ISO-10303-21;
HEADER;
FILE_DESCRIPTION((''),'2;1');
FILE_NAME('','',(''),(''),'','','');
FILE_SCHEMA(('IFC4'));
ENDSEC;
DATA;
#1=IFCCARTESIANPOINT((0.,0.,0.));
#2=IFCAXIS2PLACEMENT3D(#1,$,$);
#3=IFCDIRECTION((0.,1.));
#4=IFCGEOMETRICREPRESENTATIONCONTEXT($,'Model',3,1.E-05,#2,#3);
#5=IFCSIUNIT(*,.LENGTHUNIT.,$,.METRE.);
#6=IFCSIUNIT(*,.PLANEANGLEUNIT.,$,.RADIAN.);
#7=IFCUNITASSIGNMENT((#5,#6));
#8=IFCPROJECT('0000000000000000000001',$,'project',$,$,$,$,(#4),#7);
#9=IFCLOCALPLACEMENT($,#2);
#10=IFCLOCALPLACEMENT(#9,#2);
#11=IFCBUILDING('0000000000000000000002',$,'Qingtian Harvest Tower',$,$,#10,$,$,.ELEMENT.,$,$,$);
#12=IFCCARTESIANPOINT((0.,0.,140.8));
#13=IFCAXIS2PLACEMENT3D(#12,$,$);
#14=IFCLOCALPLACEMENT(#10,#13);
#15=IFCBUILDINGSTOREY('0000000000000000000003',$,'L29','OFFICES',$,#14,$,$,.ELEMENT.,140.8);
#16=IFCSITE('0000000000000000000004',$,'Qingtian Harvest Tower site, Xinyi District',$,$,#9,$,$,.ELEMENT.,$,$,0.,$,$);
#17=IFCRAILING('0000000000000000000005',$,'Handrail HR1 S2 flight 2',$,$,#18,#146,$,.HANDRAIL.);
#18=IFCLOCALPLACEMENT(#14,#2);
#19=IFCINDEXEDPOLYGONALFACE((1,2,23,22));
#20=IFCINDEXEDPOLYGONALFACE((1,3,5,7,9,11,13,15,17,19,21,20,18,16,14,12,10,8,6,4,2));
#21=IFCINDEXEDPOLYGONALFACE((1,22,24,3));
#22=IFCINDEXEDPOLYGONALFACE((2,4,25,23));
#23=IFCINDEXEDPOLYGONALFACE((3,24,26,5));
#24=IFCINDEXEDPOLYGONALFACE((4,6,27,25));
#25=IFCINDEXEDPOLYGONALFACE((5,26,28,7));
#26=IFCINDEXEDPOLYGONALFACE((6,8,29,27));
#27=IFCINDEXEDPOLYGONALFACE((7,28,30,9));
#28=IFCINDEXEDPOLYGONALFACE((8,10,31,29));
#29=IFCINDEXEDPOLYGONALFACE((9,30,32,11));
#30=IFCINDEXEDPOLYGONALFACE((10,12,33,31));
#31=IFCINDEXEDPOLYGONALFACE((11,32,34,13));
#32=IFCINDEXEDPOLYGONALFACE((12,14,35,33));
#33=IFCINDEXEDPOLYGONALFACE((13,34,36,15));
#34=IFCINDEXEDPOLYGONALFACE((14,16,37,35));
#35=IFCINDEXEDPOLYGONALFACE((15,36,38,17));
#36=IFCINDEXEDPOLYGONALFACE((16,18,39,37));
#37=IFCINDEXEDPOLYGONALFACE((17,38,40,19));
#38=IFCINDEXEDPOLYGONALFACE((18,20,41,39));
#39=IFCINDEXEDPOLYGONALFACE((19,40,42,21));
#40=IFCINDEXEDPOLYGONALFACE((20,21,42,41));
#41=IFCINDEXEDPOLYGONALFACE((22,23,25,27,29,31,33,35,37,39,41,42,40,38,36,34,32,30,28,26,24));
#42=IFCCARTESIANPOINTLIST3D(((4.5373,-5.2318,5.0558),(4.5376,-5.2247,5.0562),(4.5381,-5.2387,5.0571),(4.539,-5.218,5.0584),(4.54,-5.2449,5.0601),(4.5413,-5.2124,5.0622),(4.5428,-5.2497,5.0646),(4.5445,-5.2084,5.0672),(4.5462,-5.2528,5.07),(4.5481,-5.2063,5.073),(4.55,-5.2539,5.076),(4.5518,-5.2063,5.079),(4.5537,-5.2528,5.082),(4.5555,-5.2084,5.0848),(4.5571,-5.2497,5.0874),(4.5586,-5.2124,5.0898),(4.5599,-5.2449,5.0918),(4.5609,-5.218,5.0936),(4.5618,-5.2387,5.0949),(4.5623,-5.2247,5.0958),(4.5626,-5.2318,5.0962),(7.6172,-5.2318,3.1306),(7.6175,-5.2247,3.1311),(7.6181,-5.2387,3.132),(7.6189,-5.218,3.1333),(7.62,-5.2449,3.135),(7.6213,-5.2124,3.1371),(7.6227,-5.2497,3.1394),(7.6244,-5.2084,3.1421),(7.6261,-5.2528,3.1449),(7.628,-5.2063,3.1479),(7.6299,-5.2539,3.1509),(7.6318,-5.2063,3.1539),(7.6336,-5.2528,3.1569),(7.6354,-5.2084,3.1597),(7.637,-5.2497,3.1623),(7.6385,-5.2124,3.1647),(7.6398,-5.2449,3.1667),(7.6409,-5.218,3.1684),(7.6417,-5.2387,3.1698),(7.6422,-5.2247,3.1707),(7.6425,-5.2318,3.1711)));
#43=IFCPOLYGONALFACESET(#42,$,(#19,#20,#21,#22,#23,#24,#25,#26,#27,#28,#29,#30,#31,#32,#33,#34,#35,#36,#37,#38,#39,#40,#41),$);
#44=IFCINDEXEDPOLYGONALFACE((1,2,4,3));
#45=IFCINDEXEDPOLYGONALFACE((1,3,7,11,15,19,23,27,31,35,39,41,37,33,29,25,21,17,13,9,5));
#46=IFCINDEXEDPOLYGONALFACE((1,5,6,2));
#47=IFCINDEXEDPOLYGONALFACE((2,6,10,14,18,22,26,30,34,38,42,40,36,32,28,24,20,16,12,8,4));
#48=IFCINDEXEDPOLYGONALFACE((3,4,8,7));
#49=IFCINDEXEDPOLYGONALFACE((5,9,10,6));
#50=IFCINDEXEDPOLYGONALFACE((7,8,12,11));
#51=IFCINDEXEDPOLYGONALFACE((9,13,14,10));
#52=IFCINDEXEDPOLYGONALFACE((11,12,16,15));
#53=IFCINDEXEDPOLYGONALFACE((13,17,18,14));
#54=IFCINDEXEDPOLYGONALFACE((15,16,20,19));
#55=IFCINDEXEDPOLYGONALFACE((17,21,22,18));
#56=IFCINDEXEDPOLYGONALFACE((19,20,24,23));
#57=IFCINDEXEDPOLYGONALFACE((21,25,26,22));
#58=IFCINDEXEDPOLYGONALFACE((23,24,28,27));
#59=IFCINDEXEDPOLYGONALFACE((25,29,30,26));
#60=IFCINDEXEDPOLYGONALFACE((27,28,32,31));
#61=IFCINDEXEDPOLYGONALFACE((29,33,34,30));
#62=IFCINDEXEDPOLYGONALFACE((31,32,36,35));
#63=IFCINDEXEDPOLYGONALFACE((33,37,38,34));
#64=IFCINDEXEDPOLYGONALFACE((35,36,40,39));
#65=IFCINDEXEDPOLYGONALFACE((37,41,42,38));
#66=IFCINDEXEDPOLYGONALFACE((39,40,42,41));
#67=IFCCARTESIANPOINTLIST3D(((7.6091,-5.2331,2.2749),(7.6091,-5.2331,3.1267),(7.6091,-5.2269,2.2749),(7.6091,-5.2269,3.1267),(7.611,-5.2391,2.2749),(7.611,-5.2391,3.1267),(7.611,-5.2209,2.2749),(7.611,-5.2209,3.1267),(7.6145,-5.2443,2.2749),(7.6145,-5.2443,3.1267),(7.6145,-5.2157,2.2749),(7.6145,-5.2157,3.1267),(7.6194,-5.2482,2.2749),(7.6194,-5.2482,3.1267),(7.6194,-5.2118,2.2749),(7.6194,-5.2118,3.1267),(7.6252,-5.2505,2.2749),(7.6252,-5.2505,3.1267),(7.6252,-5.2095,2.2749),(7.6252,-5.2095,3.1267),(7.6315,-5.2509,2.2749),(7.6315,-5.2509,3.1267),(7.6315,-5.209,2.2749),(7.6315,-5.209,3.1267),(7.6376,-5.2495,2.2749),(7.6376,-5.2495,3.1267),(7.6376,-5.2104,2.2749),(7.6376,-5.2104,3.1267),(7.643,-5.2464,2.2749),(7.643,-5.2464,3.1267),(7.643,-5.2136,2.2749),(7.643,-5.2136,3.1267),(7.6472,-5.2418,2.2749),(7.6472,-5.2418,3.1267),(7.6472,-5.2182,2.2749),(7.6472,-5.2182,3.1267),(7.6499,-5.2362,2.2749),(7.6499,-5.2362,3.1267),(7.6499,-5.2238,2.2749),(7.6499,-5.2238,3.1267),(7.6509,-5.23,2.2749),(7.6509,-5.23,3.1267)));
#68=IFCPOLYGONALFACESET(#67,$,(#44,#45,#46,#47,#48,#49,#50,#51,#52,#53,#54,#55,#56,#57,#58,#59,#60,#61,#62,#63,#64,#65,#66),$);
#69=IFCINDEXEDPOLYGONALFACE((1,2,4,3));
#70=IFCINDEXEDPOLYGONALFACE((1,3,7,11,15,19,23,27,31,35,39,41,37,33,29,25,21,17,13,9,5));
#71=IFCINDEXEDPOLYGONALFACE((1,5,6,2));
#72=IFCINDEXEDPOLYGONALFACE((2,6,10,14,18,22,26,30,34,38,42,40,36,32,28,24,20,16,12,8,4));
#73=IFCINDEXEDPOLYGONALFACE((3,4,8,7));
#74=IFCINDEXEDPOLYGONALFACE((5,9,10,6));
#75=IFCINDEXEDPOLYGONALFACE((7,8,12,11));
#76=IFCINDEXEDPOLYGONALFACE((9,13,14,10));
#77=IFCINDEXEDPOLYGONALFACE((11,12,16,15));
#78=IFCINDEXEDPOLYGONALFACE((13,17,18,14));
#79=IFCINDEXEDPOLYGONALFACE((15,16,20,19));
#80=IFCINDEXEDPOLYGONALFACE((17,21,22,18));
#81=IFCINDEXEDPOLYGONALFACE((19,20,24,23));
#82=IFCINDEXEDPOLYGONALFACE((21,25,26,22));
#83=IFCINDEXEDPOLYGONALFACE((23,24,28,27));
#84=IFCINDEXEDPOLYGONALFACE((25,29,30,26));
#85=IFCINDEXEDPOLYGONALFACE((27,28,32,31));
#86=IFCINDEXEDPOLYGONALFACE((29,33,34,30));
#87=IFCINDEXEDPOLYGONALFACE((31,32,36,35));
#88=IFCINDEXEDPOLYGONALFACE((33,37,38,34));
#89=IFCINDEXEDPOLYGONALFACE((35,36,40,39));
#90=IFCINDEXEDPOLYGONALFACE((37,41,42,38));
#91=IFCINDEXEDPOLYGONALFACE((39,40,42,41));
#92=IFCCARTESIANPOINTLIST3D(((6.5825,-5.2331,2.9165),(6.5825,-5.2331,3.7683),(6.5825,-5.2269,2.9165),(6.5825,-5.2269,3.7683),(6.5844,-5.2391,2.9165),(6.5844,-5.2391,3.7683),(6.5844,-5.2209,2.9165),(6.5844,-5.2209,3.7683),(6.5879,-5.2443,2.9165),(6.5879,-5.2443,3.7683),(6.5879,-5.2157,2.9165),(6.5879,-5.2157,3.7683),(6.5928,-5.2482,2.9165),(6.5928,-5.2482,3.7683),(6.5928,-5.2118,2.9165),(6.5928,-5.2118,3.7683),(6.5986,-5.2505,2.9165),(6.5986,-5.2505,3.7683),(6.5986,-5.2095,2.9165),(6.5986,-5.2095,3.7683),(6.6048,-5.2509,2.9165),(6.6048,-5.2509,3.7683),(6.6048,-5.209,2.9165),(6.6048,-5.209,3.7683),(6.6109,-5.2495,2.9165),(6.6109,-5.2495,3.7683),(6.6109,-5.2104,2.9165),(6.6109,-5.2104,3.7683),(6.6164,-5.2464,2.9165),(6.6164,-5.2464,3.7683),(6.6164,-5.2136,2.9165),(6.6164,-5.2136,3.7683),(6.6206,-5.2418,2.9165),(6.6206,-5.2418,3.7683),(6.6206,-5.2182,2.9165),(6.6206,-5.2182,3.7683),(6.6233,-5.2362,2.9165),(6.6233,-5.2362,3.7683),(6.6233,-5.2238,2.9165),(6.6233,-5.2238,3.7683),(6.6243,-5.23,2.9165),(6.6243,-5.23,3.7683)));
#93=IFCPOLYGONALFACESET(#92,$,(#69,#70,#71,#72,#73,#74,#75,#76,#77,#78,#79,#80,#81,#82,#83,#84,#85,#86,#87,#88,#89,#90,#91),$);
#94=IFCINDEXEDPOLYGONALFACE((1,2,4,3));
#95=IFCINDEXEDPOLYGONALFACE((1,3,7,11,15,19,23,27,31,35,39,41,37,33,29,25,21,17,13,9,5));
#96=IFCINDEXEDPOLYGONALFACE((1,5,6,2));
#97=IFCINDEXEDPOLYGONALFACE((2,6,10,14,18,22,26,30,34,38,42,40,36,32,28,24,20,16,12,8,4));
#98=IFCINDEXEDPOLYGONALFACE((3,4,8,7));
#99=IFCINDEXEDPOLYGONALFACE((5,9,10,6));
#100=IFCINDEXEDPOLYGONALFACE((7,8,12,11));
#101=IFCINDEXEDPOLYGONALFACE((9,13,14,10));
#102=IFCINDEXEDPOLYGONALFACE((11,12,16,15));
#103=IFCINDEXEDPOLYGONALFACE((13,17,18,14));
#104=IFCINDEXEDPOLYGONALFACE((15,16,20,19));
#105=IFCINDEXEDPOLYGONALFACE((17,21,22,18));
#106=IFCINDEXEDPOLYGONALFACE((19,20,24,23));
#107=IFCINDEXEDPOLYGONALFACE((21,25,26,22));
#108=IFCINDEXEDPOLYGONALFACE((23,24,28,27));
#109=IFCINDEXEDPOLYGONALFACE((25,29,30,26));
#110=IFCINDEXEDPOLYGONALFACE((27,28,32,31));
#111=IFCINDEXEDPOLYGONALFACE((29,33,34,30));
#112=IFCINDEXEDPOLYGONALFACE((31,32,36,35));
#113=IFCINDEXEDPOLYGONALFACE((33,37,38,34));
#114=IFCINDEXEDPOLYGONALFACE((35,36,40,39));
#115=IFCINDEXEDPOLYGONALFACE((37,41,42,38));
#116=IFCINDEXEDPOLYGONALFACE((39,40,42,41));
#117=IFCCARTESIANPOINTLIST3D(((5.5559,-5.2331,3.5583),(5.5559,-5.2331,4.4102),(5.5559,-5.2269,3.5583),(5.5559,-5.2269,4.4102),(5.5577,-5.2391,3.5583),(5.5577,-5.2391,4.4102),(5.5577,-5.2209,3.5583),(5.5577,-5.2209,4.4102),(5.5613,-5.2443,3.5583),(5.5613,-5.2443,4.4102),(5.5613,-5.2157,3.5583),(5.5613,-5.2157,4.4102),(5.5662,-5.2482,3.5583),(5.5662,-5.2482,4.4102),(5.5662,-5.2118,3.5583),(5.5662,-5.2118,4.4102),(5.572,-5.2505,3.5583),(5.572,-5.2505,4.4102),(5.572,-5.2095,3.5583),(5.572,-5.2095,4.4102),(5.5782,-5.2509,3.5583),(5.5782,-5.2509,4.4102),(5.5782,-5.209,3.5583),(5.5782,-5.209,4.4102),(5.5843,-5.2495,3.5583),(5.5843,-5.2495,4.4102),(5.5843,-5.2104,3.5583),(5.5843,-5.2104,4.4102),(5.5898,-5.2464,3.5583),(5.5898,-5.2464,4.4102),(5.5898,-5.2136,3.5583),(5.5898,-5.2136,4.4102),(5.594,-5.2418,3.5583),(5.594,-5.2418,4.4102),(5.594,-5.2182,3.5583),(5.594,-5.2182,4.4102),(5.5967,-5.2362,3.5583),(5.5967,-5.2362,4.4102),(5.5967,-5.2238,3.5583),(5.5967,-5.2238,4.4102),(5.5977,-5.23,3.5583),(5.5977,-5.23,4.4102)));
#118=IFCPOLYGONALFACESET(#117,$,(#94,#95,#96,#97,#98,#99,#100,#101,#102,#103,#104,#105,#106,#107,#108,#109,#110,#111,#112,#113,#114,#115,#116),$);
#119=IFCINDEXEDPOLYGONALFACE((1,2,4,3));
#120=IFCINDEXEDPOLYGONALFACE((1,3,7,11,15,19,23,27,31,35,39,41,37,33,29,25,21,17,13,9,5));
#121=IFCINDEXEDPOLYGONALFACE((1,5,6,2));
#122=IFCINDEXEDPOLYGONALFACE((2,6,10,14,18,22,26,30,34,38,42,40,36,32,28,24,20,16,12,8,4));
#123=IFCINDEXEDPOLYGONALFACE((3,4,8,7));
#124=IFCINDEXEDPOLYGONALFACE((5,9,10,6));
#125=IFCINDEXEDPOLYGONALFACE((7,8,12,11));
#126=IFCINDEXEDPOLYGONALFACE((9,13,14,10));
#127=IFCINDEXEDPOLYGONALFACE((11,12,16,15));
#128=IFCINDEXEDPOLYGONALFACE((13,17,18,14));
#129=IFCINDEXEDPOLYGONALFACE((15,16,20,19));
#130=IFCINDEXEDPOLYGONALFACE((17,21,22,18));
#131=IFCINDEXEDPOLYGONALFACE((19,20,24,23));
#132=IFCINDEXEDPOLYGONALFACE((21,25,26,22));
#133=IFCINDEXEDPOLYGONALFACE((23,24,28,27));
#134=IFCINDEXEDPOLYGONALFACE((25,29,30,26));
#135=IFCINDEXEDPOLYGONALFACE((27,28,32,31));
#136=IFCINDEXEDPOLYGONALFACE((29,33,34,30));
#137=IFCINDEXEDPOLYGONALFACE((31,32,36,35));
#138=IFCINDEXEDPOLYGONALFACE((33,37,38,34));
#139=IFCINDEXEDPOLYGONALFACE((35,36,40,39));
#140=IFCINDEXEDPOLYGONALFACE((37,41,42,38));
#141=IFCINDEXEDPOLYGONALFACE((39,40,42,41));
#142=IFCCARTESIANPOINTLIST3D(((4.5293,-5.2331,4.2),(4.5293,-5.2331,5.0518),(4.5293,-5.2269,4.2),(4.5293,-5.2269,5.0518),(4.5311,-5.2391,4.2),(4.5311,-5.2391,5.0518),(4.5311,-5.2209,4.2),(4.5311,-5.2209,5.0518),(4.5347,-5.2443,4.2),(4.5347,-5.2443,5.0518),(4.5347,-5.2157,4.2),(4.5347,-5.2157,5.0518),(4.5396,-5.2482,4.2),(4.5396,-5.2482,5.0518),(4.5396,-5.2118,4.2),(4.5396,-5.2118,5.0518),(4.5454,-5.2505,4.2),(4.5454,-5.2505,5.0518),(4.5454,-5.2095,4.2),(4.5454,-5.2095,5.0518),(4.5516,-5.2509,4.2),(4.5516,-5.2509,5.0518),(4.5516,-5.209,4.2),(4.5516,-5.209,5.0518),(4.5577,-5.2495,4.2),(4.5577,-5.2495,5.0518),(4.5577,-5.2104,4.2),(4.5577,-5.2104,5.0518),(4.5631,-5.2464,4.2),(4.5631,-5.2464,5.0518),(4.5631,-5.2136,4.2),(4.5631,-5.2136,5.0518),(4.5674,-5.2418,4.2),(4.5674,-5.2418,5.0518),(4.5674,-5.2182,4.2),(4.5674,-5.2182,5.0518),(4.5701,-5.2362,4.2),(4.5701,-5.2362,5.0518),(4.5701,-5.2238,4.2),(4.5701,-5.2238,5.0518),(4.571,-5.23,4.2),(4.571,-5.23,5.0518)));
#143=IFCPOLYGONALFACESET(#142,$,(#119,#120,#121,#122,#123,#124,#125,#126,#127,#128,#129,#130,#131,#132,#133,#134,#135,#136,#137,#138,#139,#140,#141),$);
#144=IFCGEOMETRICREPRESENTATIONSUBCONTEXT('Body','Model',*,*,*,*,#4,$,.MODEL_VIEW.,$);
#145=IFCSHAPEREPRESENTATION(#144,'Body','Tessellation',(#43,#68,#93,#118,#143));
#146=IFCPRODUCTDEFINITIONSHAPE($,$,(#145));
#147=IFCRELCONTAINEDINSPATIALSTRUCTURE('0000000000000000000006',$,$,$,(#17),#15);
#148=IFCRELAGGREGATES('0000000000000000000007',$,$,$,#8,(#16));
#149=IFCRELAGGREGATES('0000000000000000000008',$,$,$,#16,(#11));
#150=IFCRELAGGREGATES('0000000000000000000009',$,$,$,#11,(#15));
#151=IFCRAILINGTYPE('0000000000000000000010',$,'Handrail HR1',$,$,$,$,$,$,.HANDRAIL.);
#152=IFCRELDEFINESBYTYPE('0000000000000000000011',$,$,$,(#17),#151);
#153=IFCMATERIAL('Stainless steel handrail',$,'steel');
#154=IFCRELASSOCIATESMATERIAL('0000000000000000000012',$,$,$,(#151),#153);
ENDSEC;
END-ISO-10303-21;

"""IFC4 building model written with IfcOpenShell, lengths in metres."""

from ifc_helpers import new_model, si_unit, direction, frame, origin, origin_2d, place, context, subcontext, project, spatial, circle, extrude, material, type_object, element, save


model = new_model("IFC4")

# Units and contexts
model_context = context("Model", 3, precision=1e-05, world=origin(), true_north=direction((0.0, 1.0)))
body_context = subcontext(model_context, "Body", "Model", "MODEL_VIEW")
ifc_project = project(units=[si_unit("LENGTHUNIT", "METRE"), si_unit("PLANEANGLEUNIT", "RADIAN")], contexts=[model_context])

# Site, building, storey
site_placement = place(None, origin())
site = spatial("IfcSite", under=ifc_project, at=site_placement, Name="Qingtian Harvest Tower site, Xinyi District", CompositionType="ELEMENT", RefElevation=0.0)
building_placement = place(site_placement, origin())
building = spatial("IfcBuilding", under=site, at=building_placement, Name="Qingtian Harvest Tower", CompositionType="ELEMENT")
storey_placement = place(building_placement, frame((0.0, 0.0, 140.8)))
storey = spatial("IfcBuildingStorey", under=building, at=storey_placement, Name="L29", Description="OFFICES", CompositionType="ELEMENT", Elevation=140.8)

# Railing
ifc_material_1 = material(Name="Stainless steel handrail", Category="steel")
railing_type = type_object("IfcRailingType", Name="Handrail HR1", PredefinedType="HANDRAIL", material=ifc_material_1)
railing_1_placement = place(storey_placement, frame((7.6299, -5.23, 2.2749)))
element("IfcRailing", 1, at=railing_1_placement, inside=storey, type_object=railing_type, Name="Handrail HR1 S2 flight 2", PredefinedType="HANDRAIL", context=body_context, shape_type="SweptSolid", body=[
    extrude(circle(Radius=0.0239, at=origin_2d()), frame((0.0, 0.0, 0.876), z_axis=(-0.847979, 0.0, 0.530029), x_axis=(0.0, -1.0, 0.0)), (0.0, 0.0, 1.0), 3.6321),
    extrude(circle(Radius=0.021, at=origin_2d()), origin(), (0.0, 0.0, 1.0), 0.8518),
    extrude(circle(Radius=0.021, at=origin_2d()), frame((-1.0266, 0.0, 0.6416)), (0.0, 0.0, 1.0), 0.8518),
    extrude(circle(Radius=0.021, at=origin_2d()), frame((-2.0532, 0.0, 1.2834)), (0.0, 0.0, 1.0), 0.8518),
    extrude(circle(Radius=0.021, at=origin_2d()), frame((-3.0798, 0.0, 1.925)), (0.0, 0.0, 1.0), 0.8518),
])

save(model, "model.ifc")
